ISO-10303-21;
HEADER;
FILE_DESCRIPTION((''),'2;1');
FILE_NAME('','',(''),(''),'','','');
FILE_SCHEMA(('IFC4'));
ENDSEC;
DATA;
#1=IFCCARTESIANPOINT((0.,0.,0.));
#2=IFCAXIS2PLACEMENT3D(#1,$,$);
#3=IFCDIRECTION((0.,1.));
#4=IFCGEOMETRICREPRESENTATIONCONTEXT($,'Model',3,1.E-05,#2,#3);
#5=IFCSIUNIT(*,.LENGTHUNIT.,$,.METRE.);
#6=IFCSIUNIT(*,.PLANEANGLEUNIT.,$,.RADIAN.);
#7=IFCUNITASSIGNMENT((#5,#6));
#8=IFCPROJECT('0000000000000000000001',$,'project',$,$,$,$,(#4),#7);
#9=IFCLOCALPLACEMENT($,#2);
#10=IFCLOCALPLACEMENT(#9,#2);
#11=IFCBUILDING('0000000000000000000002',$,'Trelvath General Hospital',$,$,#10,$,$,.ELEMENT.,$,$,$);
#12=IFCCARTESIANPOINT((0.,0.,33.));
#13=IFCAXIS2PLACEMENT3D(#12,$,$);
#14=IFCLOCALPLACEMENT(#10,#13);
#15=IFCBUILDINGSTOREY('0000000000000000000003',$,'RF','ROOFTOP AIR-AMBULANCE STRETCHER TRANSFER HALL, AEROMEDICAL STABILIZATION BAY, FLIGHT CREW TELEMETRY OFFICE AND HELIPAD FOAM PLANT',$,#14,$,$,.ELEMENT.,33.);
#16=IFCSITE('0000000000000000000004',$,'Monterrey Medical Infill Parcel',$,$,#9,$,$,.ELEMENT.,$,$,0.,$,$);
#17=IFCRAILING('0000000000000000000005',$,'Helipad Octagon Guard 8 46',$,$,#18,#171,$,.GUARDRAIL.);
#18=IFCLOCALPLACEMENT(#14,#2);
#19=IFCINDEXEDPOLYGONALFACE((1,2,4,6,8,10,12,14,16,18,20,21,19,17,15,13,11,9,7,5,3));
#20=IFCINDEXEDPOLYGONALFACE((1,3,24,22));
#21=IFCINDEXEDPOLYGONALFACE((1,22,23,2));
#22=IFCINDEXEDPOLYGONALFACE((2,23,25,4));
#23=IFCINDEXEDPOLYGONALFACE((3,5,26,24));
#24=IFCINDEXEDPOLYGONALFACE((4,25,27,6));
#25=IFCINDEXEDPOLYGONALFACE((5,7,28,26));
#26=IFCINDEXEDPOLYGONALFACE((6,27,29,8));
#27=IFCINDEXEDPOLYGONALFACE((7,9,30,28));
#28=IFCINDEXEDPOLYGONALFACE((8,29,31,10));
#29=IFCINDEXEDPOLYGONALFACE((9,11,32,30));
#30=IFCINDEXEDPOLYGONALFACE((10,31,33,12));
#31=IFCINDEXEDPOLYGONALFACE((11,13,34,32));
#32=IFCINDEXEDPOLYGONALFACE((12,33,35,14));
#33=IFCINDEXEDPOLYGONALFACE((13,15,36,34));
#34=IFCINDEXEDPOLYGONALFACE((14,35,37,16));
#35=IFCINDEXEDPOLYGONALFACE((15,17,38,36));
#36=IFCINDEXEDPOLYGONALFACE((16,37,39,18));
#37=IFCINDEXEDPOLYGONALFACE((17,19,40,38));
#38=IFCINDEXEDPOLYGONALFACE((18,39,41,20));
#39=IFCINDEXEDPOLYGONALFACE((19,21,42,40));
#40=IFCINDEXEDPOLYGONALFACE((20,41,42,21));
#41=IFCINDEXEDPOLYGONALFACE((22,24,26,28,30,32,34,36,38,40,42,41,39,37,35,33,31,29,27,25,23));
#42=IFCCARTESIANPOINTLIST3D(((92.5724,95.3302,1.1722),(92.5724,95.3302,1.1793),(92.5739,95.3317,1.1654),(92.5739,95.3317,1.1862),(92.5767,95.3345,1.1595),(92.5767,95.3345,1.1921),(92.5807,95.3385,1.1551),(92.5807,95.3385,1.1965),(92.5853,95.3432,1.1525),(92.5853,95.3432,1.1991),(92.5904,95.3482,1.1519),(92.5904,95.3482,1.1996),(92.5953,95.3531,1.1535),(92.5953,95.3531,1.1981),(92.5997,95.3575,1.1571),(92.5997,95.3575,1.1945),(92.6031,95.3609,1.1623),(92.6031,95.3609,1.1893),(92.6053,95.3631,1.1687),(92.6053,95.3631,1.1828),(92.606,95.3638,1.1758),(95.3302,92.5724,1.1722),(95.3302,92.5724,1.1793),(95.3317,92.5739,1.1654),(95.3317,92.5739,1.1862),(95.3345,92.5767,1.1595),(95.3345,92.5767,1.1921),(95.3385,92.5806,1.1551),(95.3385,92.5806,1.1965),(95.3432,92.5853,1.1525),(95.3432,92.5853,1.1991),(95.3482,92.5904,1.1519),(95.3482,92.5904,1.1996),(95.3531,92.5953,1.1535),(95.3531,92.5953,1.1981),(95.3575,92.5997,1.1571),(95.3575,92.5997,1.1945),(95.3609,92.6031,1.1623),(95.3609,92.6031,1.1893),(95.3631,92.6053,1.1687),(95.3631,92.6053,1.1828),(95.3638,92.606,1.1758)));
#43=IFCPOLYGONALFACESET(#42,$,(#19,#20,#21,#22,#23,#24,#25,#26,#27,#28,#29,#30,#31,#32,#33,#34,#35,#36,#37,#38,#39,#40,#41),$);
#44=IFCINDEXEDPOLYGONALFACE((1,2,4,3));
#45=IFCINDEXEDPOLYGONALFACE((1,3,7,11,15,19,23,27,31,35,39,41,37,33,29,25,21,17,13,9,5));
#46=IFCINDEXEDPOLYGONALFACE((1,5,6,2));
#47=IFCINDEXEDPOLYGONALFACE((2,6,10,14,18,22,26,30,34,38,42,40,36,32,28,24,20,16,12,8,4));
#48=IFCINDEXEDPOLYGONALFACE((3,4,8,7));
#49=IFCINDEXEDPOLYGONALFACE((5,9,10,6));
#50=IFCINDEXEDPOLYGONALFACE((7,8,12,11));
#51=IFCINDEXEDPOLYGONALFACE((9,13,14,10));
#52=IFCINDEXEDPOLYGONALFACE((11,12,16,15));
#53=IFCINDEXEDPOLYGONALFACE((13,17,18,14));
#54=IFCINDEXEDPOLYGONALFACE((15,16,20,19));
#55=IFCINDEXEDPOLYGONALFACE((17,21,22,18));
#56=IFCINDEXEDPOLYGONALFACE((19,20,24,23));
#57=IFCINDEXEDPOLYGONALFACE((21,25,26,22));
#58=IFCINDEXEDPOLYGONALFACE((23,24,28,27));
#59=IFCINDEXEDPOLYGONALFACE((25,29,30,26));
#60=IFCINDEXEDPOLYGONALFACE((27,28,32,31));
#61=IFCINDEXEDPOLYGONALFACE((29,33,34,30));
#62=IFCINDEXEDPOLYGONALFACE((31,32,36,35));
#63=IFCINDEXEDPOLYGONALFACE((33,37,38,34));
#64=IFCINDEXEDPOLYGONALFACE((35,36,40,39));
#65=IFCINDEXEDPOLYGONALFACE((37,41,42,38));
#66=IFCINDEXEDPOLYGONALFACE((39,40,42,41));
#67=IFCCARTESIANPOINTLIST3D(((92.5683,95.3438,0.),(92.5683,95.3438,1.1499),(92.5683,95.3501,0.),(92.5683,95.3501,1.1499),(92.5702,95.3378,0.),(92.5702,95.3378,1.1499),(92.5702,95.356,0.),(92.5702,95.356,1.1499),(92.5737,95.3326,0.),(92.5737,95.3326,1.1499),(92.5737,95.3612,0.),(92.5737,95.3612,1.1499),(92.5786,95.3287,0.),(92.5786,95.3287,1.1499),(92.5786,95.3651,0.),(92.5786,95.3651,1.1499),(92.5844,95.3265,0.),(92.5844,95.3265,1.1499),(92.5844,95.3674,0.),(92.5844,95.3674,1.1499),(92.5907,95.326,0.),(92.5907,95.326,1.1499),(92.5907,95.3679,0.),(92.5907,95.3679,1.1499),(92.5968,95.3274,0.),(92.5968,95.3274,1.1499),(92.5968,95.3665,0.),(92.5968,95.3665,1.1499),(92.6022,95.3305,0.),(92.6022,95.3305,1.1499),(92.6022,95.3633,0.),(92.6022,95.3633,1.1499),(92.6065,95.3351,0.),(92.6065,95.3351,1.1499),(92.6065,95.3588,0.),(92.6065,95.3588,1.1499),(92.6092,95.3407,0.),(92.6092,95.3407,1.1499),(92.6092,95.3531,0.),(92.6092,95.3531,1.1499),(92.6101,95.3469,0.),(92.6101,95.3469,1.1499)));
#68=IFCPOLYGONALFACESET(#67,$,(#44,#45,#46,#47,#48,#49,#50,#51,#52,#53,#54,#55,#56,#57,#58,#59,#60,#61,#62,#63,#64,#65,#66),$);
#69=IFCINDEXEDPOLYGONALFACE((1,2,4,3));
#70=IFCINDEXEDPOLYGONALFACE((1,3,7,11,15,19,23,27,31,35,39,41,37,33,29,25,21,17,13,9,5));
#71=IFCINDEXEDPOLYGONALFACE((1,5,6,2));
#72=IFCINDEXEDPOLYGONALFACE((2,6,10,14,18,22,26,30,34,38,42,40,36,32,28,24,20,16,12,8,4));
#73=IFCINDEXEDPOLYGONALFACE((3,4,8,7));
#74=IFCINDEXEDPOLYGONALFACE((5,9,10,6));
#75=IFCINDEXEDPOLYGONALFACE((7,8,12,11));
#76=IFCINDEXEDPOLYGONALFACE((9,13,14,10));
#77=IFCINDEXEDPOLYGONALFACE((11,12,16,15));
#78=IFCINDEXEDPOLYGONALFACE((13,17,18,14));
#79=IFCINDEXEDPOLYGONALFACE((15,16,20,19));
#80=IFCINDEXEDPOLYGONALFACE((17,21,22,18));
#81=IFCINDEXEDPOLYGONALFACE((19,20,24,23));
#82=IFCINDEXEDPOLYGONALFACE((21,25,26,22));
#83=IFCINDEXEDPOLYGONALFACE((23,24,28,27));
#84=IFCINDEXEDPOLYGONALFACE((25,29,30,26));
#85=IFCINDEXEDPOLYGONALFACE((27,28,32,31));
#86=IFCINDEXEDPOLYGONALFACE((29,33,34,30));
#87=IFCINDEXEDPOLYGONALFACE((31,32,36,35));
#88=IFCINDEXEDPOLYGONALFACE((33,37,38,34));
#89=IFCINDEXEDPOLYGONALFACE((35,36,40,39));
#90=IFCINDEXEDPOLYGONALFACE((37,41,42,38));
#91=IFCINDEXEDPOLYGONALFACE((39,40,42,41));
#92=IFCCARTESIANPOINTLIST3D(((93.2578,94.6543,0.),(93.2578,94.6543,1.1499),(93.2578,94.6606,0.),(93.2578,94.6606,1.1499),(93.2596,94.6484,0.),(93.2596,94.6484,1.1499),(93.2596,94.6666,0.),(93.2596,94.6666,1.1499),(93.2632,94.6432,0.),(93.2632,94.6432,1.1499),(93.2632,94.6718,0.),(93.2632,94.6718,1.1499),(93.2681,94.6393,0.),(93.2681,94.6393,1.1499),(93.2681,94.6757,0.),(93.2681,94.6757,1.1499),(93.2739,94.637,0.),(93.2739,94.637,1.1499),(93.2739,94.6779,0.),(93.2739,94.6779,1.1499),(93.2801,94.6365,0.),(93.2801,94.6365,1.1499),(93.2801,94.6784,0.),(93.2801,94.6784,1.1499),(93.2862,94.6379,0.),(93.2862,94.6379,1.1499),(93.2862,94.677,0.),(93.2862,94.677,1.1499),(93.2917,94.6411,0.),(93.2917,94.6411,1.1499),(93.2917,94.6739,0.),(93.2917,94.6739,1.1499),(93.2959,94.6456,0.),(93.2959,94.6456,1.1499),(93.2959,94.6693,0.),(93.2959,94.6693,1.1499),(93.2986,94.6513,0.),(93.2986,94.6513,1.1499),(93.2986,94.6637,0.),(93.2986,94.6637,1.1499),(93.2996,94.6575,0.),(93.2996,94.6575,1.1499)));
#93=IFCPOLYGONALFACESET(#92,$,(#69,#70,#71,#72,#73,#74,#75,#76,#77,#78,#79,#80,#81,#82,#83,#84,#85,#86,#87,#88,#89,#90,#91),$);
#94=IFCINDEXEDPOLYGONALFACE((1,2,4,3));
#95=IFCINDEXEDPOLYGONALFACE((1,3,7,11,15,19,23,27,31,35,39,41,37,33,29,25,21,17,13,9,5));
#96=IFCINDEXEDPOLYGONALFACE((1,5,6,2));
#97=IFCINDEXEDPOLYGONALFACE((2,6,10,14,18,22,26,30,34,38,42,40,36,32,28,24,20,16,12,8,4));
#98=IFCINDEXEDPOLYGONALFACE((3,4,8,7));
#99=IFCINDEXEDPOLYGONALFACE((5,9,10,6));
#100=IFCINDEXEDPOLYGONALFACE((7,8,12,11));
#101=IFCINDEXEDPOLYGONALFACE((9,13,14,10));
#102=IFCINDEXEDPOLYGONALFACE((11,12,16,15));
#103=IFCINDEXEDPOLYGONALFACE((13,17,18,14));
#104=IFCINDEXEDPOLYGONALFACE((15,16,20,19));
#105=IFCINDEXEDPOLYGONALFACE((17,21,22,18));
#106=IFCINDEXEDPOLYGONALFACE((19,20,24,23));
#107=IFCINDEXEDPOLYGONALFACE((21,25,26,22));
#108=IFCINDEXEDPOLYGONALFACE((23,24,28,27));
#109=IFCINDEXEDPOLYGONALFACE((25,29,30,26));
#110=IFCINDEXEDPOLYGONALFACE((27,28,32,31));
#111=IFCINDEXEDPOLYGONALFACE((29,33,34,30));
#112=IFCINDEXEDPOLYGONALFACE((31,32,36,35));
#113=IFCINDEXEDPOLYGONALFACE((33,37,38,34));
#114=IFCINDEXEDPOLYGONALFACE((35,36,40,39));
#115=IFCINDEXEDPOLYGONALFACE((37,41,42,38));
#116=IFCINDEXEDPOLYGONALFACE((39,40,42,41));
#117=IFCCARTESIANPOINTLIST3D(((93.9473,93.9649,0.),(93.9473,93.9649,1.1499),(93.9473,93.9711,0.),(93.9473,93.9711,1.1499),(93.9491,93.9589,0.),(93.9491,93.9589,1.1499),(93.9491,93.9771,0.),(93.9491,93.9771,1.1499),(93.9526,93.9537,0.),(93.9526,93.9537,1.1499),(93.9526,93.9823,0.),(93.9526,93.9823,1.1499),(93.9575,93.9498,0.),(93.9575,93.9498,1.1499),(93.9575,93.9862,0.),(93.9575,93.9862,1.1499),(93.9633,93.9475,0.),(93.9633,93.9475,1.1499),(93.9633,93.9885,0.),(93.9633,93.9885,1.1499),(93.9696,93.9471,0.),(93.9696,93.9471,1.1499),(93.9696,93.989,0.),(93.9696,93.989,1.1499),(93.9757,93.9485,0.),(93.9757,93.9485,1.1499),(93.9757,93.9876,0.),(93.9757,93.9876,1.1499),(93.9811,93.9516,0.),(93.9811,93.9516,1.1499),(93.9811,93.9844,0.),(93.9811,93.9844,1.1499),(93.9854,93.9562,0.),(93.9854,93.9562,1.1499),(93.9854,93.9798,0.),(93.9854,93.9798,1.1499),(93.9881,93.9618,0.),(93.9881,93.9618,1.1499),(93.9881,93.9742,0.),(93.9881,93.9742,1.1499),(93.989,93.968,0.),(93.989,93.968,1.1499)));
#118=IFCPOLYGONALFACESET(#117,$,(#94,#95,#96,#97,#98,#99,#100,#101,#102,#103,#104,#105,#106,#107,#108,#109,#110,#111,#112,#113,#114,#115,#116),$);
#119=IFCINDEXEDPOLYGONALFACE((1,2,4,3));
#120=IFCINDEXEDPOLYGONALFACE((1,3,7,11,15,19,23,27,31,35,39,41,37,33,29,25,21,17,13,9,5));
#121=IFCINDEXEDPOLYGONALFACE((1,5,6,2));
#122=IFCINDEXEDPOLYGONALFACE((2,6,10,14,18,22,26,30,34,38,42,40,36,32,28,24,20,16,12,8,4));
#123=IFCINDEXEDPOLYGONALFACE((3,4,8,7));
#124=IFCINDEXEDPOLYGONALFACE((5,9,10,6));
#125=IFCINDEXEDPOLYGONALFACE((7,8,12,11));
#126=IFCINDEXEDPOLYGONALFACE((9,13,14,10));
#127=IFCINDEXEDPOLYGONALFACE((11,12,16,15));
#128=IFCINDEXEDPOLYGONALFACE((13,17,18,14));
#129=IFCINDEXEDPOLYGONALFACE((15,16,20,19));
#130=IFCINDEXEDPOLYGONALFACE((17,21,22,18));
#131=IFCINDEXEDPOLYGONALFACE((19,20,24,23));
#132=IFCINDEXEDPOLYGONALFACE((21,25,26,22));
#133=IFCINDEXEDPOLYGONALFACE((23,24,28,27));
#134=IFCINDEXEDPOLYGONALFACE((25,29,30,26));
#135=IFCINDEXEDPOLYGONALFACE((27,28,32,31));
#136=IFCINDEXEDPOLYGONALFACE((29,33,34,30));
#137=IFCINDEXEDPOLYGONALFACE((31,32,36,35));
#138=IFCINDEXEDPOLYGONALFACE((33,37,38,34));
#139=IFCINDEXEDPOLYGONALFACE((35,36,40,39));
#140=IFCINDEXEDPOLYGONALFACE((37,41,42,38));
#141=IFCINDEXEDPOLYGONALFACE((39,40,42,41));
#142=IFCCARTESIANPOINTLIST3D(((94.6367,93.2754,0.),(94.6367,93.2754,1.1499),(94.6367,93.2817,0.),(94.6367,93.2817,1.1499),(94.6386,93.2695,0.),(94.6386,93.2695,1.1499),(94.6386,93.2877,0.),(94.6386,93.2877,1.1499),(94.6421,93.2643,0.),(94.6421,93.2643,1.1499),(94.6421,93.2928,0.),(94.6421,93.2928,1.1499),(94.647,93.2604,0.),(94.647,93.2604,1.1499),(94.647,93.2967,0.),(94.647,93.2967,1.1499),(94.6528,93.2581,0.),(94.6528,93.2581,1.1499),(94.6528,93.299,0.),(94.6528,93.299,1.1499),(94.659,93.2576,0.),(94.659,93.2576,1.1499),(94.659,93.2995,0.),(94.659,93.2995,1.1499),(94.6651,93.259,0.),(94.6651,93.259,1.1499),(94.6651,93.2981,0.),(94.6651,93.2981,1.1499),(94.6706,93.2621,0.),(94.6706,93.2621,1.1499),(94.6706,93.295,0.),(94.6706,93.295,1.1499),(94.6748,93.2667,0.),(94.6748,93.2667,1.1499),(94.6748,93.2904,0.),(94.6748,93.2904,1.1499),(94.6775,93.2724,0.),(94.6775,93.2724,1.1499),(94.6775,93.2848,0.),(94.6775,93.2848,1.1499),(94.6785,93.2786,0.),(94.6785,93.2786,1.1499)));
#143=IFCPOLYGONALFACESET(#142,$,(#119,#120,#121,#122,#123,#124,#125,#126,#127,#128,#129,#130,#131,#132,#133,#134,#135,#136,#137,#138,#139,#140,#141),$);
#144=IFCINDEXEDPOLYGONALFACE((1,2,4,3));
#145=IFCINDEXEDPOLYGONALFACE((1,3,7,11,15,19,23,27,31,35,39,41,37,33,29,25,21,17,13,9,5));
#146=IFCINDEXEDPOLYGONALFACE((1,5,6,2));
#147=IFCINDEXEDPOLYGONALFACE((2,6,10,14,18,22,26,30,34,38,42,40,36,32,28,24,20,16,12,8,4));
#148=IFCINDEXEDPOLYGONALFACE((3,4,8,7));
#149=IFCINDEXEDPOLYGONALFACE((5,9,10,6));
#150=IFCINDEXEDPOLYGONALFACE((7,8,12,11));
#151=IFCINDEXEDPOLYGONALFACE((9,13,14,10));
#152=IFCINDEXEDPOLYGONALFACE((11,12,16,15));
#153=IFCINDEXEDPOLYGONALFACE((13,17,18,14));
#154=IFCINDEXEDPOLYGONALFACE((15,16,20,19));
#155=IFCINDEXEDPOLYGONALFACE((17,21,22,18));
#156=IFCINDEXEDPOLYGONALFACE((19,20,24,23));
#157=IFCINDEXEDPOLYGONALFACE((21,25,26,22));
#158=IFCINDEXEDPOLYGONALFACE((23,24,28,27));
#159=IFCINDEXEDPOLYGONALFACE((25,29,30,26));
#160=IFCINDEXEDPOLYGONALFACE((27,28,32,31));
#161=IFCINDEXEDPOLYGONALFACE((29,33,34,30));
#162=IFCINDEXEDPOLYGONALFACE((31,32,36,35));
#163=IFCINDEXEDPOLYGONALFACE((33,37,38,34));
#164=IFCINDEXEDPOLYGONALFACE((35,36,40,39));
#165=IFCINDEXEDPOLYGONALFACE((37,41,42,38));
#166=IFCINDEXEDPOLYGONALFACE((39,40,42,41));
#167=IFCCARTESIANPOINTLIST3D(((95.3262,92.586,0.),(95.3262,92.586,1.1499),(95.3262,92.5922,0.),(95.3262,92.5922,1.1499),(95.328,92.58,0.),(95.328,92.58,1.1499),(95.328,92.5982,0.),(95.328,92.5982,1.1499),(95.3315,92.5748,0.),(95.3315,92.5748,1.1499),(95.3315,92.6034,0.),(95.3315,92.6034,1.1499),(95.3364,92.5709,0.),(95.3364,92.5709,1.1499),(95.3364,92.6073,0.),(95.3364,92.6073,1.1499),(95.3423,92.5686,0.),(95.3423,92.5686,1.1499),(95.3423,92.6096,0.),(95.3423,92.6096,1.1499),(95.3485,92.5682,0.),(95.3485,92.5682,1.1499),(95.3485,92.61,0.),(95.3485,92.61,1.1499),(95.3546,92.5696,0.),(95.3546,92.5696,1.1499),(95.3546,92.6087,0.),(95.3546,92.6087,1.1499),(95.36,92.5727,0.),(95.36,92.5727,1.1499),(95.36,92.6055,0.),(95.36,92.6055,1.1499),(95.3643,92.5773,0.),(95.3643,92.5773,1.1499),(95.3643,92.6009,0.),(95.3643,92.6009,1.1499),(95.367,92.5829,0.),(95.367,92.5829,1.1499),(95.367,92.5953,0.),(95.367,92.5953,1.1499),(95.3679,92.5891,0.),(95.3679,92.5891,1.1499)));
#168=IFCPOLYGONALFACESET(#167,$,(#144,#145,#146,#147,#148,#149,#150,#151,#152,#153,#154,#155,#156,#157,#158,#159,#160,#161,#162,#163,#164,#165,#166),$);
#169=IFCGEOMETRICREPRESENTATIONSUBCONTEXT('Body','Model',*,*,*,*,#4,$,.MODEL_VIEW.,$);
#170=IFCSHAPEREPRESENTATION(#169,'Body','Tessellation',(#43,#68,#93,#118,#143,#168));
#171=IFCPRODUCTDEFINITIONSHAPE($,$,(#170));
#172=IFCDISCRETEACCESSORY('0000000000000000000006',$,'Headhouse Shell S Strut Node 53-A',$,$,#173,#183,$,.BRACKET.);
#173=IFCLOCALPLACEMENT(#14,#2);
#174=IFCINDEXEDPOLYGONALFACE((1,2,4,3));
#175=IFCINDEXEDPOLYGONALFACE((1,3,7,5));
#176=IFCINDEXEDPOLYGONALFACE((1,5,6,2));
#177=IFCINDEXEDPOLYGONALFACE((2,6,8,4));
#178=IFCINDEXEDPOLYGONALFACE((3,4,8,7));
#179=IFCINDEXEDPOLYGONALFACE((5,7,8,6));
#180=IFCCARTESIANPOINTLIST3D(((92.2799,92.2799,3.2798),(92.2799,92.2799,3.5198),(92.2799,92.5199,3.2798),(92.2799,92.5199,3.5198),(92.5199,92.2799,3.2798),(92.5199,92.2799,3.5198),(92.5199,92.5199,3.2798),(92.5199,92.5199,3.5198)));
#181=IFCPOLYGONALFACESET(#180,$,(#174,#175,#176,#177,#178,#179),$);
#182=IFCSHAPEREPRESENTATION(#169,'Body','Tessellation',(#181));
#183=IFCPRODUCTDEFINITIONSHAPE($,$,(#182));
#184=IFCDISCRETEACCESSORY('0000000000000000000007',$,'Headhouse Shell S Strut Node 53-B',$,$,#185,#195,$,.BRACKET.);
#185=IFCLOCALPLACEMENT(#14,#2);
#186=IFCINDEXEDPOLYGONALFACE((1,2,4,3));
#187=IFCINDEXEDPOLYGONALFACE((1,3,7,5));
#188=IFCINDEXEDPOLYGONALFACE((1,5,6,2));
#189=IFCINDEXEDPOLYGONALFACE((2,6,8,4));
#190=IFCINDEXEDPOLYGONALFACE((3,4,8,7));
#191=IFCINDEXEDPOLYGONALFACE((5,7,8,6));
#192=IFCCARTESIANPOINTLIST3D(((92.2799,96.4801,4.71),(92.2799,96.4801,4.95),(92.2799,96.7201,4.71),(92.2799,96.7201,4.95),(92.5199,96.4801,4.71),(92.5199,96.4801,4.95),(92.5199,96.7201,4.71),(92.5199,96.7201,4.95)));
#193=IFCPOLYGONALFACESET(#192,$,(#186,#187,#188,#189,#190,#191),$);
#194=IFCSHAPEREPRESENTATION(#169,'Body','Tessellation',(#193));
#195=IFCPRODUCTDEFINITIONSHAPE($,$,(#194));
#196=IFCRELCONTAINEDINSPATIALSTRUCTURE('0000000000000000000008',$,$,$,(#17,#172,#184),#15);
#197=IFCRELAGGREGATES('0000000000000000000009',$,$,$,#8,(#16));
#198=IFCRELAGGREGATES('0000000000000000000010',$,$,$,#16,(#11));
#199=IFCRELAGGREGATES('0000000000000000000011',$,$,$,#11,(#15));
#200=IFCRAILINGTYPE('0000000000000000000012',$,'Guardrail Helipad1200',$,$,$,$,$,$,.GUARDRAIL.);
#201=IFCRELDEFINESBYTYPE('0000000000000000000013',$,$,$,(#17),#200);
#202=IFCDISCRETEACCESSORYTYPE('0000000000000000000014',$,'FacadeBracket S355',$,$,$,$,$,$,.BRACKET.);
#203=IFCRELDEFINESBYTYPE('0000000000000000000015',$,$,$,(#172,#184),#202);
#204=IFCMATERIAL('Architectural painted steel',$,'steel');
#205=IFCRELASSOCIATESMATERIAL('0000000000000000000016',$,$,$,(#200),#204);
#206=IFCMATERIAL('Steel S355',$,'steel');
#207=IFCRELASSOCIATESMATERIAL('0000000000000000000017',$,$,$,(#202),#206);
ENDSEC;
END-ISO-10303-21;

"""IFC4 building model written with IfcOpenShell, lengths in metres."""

from ifc_helpers import new_model, si_unit, direction, frame, origin, origin_2d, place, context, subcontext, project, spatial, rectangle, circle, extrude, material, type_object, element, save


model = new_model("IFC4")

# Units and contexts
model_context = context("Model", 3, precision=1e-05, world=origin(), true_north=direction((0.0, 1.0)))
body_context = subcontext(model_context, "Body", "Model", "MODEL_VIEW")
ifc_project = project(units=[si_unit("LENGTHUNIT", "METRE"), si_unit("PLANEANGLEUNIT", "RADIAN")], contexts=[model_context])

# Site, building, storey
site_placement = place(None, origin())
site = spatial("IfcSite", under=ifc_project, at=site_placement, Name="Monterrey Medical Infill Parcel", CompositionType="ELEMENT", RefElevation=0.0)
building_placement = place(site_placement, origin())
building = spatial("IfcBuilding", under=site, at=building_placement, Name="Trelvath General Hospital", CompositionType="ELEMENT")
storey_placement = place(building_placement, frame((0.0, 0.0, 33.0)))
storey = spatial("IfcBuildingStorey", under=building, at=storey_placement, Name="RF", Description="ROOFTOP AIR-AMBULANCE STRETCHER TRANSFER HALL, AEROMEDICAL STABILIZATION BAY, FLIGHT CREW TELEMETRY OFFICE AND HELIPAD FOAM PLANT", CompositionType="ELEMENT", Elevation=33.0)

# Railing
ifc_material_1 = material(Name="Architectural painted steel", Category="steel")
railing_type = type_object("IfcRailingType", Name="Guardrail Helipad1200", PredefinedType="GUARDRAIL", material=ifc_material_1)
railing_1_placement = place(storey_placement, frame((92.5891, 95.3469, 0.0)))
element("IfcRailing", 1, at=railing_1_placement, inside=storey, type_object=railing_type, Name="Helipad Octagon Guard 8 46", PredefinedType="GUARDRAIL", context=body_context, shape_type="SweptSolid", body=[
    extrude(circle(Radius=0.0239, at=origin_2d()), frame((0.0, 0.0, 1.1758), z_axis=(0.707107, -0.707107, 0.0), x_axis=(0.707107, 0.707107, 0.0)), (0.0, 0.0, 1.0), 3.9001),
    extrude(circle(Radius=0.021, at=origin_2d()), origin(), (0.0, 0.0, 1.0), 1.1499),
    extrude(circle(Radius=0.021, at=origin_2d()), frame((0.6895, -0.6895, 0.0)), (0.0, 0.0, 1.0), 1.1499),
    extrude(circle(Radius=0.021, at=origin_2d()), frame((1.3789, -1.3789, 0.0)), (0.0, 0.0, 1.0), 1.1499),
    extrude(circle(Radius=0.021, at=origin_2d()), frame((2.0684, -2.0684, 0.0)), (0.0, 0.0, 1.0), 1.1499),
    extrude(circle(Radius=0.021, at=origin_2d()), frame((2.7578, -2.7578, 0.0)), (0.0, 0.0, 1.0), 1.1499),
])

# Discrete accessories
ifc_material_2 = material(Name="Steel S355", Category="steel")
discrete_accessory_type = type_object("IfcDiscreteAccessoryType", Name="FacadeBracket S355", PredefinedType="BRACKET", material=ifc_material_2)
for number, where, z_axis, x_axis, name in (
    (2, (92.3999, 92.3999, 3.2798), (0.0, 0.0, 1.0), (1.0, 0.0, 0.0), "Headhouse Shell S Strut Node 53-A"),
    (3, (92.3999, 96.6001, 4.71), (0.0, 0.0, 1.0), (1.0, 0.0, 0.0), "Headhouse Shell S Strut Node 53-B"),
):
    element("IfcDiscreteAccessory", number, at=place(storey_placement, frame(where, z_axis=z_axis, x_axis=x_axis)), inside=storey, type_object=discrete_accessory_type, Name=name, PredefinedType="BRACKET", context=body_context, shape_type="SweptSolid", body=[
        extrude(rectangle(XDim=0.24, YDim=0.24, at=origin_2d()), origin(), (0.0, 0.0, 1.0), 0.24),
    ])

save(model, "model.ifc")
